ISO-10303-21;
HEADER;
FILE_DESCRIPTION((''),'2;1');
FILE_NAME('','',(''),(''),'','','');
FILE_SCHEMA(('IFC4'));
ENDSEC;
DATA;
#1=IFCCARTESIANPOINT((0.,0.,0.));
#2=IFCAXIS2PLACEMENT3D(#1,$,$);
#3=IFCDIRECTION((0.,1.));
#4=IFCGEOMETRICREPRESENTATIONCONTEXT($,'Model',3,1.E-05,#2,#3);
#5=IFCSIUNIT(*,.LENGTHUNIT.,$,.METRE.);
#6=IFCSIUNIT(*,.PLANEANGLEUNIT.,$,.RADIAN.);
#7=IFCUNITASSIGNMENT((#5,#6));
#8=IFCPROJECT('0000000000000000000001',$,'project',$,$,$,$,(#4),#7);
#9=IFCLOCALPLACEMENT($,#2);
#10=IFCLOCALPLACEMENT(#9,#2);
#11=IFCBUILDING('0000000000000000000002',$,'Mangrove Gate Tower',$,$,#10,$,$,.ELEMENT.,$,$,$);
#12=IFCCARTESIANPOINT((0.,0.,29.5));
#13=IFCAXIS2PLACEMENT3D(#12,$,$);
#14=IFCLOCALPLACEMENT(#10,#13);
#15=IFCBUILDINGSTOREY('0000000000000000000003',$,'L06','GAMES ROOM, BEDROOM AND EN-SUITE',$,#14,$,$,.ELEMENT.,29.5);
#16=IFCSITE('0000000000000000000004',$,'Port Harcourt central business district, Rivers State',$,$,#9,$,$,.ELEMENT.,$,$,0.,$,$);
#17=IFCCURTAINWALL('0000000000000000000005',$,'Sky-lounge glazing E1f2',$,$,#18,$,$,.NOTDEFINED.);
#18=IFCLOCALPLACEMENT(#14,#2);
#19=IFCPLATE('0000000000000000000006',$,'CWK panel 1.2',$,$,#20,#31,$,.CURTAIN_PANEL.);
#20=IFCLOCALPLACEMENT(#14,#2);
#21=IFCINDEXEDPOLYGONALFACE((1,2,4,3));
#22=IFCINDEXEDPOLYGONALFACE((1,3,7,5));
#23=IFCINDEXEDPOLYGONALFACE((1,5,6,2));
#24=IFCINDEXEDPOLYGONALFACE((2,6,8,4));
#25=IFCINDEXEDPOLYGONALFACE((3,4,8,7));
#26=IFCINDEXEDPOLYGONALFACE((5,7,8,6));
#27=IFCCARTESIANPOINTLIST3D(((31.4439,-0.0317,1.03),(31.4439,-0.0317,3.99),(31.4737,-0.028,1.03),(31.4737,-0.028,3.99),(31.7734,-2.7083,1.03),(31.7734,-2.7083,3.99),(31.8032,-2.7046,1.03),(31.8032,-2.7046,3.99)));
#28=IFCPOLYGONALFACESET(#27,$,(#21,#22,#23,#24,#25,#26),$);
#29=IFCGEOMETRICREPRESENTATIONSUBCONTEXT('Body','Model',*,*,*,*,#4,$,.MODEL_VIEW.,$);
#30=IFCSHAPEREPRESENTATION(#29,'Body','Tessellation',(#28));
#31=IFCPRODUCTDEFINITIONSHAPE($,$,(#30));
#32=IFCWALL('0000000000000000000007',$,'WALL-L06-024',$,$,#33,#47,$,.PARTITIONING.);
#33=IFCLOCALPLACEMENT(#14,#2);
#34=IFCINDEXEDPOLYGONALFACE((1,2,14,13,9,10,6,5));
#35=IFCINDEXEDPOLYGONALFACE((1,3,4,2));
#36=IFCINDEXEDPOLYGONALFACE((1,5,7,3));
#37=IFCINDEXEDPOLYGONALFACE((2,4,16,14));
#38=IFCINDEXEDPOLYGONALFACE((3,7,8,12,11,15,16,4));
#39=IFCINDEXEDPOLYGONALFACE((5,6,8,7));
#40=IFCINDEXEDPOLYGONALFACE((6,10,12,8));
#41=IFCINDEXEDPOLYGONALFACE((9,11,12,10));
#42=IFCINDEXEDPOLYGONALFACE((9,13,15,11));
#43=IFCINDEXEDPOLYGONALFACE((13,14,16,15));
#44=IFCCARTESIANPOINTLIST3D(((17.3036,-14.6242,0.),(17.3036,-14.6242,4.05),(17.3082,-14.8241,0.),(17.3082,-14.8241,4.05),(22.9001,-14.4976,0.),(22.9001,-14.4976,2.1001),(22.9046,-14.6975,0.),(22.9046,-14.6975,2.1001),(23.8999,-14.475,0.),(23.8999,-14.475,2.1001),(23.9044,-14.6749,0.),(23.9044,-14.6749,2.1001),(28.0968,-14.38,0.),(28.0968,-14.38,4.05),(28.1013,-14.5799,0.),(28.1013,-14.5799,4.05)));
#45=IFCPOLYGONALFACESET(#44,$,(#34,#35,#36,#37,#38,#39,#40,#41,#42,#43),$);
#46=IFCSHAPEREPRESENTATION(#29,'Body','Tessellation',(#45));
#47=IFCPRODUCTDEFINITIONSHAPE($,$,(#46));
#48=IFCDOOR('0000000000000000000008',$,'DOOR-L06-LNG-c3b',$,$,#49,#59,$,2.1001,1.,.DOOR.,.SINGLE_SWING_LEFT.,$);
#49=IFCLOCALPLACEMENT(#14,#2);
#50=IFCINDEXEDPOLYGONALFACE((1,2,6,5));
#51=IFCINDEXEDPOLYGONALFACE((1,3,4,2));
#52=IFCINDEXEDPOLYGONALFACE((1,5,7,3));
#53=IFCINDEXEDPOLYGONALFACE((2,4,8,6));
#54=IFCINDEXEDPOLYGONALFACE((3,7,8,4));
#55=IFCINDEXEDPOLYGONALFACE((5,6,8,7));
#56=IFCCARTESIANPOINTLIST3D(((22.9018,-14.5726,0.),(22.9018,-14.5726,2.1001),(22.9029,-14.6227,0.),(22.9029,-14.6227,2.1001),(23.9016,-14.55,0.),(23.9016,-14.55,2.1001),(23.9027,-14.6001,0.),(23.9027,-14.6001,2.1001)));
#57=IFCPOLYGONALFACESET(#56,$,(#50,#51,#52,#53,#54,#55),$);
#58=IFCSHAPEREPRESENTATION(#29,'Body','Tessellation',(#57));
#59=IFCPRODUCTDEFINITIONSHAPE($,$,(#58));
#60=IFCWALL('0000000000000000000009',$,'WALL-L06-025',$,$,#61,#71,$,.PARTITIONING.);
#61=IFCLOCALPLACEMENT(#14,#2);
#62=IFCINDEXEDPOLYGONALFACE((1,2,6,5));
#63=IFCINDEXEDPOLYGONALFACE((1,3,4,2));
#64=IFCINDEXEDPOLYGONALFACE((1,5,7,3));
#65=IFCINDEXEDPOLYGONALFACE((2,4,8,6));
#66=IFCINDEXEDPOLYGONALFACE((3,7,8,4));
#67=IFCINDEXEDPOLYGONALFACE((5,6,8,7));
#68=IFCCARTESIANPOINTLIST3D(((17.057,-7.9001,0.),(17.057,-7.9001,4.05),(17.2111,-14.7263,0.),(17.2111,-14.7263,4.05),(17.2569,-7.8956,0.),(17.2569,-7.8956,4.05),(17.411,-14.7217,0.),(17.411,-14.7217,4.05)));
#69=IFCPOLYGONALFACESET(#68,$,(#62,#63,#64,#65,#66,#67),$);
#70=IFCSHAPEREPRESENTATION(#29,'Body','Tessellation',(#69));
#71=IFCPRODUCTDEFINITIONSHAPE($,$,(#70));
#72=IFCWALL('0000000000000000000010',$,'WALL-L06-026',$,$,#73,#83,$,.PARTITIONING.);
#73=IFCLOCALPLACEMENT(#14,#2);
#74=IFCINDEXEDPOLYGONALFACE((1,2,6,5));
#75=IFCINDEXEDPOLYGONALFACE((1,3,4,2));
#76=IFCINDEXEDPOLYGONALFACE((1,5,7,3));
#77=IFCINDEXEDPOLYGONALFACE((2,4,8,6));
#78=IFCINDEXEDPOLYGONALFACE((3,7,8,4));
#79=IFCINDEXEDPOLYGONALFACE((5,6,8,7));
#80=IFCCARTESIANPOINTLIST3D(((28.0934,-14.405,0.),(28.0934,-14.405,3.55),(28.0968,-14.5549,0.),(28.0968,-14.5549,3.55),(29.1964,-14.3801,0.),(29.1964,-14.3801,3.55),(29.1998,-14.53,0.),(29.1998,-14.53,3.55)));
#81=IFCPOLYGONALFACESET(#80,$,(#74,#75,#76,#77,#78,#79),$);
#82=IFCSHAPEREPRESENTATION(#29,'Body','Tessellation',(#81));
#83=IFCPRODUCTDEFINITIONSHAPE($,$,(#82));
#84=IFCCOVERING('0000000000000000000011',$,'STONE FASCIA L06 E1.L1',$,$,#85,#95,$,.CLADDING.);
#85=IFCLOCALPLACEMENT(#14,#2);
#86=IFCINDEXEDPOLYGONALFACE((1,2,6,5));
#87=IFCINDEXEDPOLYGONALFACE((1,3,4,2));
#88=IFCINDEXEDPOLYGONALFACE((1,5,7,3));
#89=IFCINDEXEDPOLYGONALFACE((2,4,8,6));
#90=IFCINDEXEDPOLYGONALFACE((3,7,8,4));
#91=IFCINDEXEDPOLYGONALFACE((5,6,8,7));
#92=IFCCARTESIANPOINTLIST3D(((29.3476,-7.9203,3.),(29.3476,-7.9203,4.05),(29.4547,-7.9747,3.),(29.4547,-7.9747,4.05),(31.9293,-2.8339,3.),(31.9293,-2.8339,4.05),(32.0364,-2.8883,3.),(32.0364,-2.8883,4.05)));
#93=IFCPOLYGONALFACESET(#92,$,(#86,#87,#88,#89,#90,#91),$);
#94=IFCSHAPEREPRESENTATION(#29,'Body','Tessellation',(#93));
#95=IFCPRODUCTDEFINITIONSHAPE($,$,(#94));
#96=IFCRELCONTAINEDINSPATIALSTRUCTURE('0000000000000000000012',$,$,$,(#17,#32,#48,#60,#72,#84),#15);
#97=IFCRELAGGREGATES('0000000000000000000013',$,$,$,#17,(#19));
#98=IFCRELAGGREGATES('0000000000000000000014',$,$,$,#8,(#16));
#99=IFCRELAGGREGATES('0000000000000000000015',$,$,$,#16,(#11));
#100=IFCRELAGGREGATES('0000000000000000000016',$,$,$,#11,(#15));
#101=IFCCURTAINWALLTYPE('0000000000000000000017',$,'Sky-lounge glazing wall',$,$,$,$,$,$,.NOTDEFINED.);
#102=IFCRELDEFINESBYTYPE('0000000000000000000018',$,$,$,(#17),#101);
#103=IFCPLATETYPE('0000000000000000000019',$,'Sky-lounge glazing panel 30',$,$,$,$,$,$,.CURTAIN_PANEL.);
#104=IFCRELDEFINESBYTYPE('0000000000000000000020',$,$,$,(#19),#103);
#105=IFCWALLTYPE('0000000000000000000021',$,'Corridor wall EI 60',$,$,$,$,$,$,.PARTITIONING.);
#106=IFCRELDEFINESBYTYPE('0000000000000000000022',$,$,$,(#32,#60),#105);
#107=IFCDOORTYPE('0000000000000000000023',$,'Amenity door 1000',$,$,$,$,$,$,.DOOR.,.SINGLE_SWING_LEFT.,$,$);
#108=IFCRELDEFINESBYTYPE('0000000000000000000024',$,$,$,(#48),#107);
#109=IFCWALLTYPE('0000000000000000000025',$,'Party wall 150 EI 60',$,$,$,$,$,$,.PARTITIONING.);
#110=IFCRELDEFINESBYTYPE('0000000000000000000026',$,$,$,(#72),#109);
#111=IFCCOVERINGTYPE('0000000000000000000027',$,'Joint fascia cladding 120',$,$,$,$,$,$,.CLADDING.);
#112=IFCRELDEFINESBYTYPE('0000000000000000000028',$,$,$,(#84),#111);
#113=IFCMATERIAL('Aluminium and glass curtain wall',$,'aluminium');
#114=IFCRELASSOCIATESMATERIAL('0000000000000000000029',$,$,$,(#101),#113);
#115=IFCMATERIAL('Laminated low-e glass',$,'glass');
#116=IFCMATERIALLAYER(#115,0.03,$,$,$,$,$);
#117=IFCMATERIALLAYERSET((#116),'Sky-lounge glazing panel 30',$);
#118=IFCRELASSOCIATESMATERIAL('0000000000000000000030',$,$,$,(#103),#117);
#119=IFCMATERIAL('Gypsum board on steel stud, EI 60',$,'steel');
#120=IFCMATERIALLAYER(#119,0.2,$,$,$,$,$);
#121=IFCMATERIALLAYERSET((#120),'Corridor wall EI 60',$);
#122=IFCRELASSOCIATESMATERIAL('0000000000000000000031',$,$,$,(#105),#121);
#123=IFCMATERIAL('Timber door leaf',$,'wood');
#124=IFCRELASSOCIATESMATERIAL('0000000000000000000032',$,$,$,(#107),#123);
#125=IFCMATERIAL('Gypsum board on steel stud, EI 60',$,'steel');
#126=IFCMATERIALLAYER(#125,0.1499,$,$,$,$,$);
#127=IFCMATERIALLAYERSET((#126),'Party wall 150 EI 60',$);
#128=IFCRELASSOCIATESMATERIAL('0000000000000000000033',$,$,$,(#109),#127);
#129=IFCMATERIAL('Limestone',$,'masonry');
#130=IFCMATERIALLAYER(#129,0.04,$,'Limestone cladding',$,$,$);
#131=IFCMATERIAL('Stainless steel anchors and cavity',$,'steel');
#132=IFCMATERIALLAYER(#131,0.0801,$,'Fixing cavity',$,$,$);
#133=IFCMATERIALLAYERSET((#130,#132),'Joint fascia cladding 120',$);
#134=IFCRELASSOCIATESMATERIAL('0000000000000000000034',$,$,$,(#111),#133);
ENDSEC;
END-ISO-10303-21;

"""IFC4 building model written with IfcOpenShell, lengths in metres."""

from ifc_helpers import new_model, si_unit, direction, frame, frame_2d, origin, origin_2d, place, context, subcontext, project, spatial, rectangle, extrude, material, layer, layer_set, type_object, element, fill, aggregate, save


model = new_model("IFC4")

# Units and contexts
model_context = context("Model", 3, precision=1e-05, world=origin(), true_north=direction((0.0, 1.0)))
body_context = subcontext(model_context, "Body", "Model", "MODEL_VIEW")
ifc_project = project(units=[si_unit("LENGTHUNIT", "METRE"), si_unit("PLANEANGLEUNIT", "RADIAN")], contexts=[model_context])

# Site, building, storey
site_placement = place(None, origin())
site = spatial("IfcSite", under=ifc_project, at=site_placement, Name="Port Harcourt central business district, Rivers State", CompositionType="ELEMENT", RefElevation=0.0)
building_placement = place(site_placement, origin())
building = spatial("IfcBuilding", under=site, at=building_placement, Name="Mangrove Gate Tower", CompositionType="ELEMENT")
storey_placement = place(building_placement, frame((0.0, 0.0, 29.5)))
storey = spatial("IfcBuildingStorey", under=building, at=storey_placement, Name="L06", Description="GAMES ROOM, BEDROOM AND EN-SUITE", CompositionType="ELEMENT", Elevation=29.5)

# Shared definitions
ifc_material_1 = material(Name="Aluminium and glass curtain wall", Category="aluminium")
curtain_wall_type = type_object("IfcCurtainWallType", Name="Sky-lounge glazing wall", PredefinedType="NOTDEFINED", material=ifc_material_1)

# Curtain wall
curtain_wall_1_placement = place(storey_placement, origin())
curtain_wall_1 = element("IfcCurtainWall", 1, at=curtain_wall_1_placement, inside=storey, type_object=curtain_wall_type, Name="Sky-lounge glazing E1f2", PredefinedType="NOTDEFINED")

# Plate
ifc_material_2 = material(Name="Laminated low-e glass", Category="glass")
ifc_layer_1 = layer(ifc_material_2, 0.03)
ifc_layer_set_1 = layer_set([ifc_layer_1], Name="Sky-lounge glazing panel 30")
plate_type = type_object("IfcPlateType", Name="Sky-lounge glazing panel 30", PredefinedType="CURTAIN_PANEL", material=ifc_layer_set_1)
plate_1_placement = place(storey_placement, frame((31.6235, -1.3682, 1.03), z_axis=(0.0, 0.0, 1.0), x_axis=(-0.122172, 0.992509, 0.0)))
plate_1 = element("IfcPlate", 2, at=plate_1_placement, type_object=plate_type, Name="CWK panel 1.2", PredefinedType="CURTAIN_PANEL", context=body_context, shape_type="SweptSolid", body=[
    extrude(rectangle(XDim=2.6968, YDim=0.03, at=origin_2d()), origin(), (0.0, 0.0, 1.0), 2.96),
])
aggregate(curtain_wall_1, [plate_1])

# Wall, opening, door
ifc_material_3 = material(Name="Gypsum board on steel stud, EI 60", Category="steel")
ifc_layer_2 = layer(ifc_material_3, 0.2)
ifc_layer_set_2 = layer_set([ifc_layer_2], Name="Corridor wall EI 60")
wall_type_1 = type_object("IfcWallType", Name="Corridor wall EI 60", PredefinedType="PARTITIONING", material=ifc_layer_set_2)
wall_1_placement = place(storey_placement, frame((17.3059, -14.7241, 0.0), z_axis=(0.0, 0.0, 1.0), x_axis=(0.999744, 0.022614, 0.0)))
wall_1 = element("IfcWall", 3, at=wall_1_placement, inside=storey, type_object=wall_type_1, Name="WALL-L06-024", PredefinedType="PARTITIONING", context=body_context, shape_type="SweptSolid", body=[
    extrude(rectangle(XDim=10.7959, YDim=0.2, at=frame_2d((5.3979, 0.0))), origin(), (0.0, 0.0, 1.0), 4.05),
])
opening_placement = place(wall_1_placement, frame((5.5979, 0.0, 0.0)))
opening = element("IfcOpeningElement", 4, at=opening_placement, cuts=wall_1, PredefinedType="OPENING", context=body_context, shape_type="SweptSolid", body=[
    extrude(rectangle(XDim=1.0, YDim=2.1001, at=frame_2d((0.5, 1.05))), frame((0.0, 0.1099, 0.0), z_axis=(0.0, -1.0, 0.0), x_axis=(1.0, 0.0, 0.0)), (0.0, 0.0, 1.0), 0.22),
])
ifc_material_4 = material(Name="Timber door leaf", Category="wood")
door_type = type_object("IfcDoorType", Name="Amenity door 1000", OperationType="SINGLE_SWING_LEFT", PredefinedType="DOOR", material=ifc_material_4)
door_placement = place(opening_placement, origin())
door = element("IfcDoor", 5, at=door_placement, inside=storey, type_object=door_type, Name="DOOR-L06-LNG-c3b", OperationType="SINGLE_SWING_LEFT", OverallHeight=2.1001, OverallWidth=1.0, PredefinedType="DOOR", context=body_context, shape_type="SweptSolid", body=[
    extrude(rectangle(XDim=1.0, YDim=2.1001, at=frame_2d((0.5, 1.05))), frame((0.0, 0.0249, 0.0), z_axis=(0.0, -1.0, 0.0), x_axis=(1.0, 0.0, 0.0)), (0.0, 0.0, 1.0), 0.05),
])
fill(opening, door)

# Walls
wall_2_placement = place(storey_placement, frame((17.311, -14.7241, 0.0), z_axis=(0.0, 0.0, 1.0), x_axis=(-0.022562, 0.999745, 0.0)))
element("IfcWall", 6, at=wall_2_placement, inside=storey, type_object=wall_type_1, Name="WALL-L06-025", PredefinedType="PARTITIONING", context=body_context, shape_type="SweptSolid", body=[
    extrude(rectangle(XDim=6.8279, YDim=0.2, at=frame_2d((3.4141, 0.0))), origin(), (0.0, 0.0, 1.0), 4.05),
])
ifc_material_5 = material(Name="Gypsum board on steel stud, EI 60", Category="steel")
ifc_layer_3 = layer(ifc_material_5, 0.1499)
ifc_layer_set_3 = layer_set([ifc_layer_3], Name="Party wall 150 EI 60")
wall_type_2 = type_object("IfcWallType", Name="Party wall 150 EI 60", PredefinedType="PARTITIONING", material=ifc_layer_set_3)
wall_3_placement = place(storey_placement, frame((28.095, -14.48, 0.0), z_axis=(0.0, 0.0, 1.0), x_axis=(0.999745, 0.022571, 0.0)))
element("IfcWall", 7, at=wall_3_placement, inside=storey, type_object=wall_type_2, Name="WALL-L06-026", PredefinedType="PARTITIONING", context=body_context, shape_type="SweptSolid", body=[
    extrude(rectangle(XDim=1.1033, YDim=0.1499, at=frame_2d((0.5518, 0.0))), origin(), (0.0, 0.0, 1.0), 3.55),
])

# Covering
ifc_material_6 = material(Name="Limestone", Category="masonry")
ifc_layer_4 = layer(ifc_material_6, 0.04, Name="Limestone cladding")
ifc_material_7 = material(Name="Stainless steel anchors and cavity", Category="steel")
ifc_layer_5 = layer(ifc_material_7, 0.0801, Name="Fixing cavity")
ifc_layer_set_4 = layer_set([ifc_layer_4, ifc_layer_5], Name="Joint fascia cladding 120")
covering_type = type_object("IfcCoveringType", Name="Joint fascia cladding 120", PredefinedType="CLADDING", material=ifc_layer_set_4)
covering_placement = place(storey_placement, frame((29.4011, -7.9475, 3.0), z_axis=(0.0, 0.0, 1.0), x_axis=(0.452615, 0.891706, 0.0)))
element("IfcCovering", 8, at=covering_placement, inside=storey, type_object=covering_type, Name="STONE FASCIA L06 E1.L1", PredefinedType="CLADDING", context=body_context, shape_type="SweptSolid", body=[
    extrude(rectangle(XDim=5.7041, YDim=0.1201, at=frame_2d((2.8521, 0.0))), origin(), (0.0, 0.0, 1.0), 1.05),
])

save(model, "model.ifc")
